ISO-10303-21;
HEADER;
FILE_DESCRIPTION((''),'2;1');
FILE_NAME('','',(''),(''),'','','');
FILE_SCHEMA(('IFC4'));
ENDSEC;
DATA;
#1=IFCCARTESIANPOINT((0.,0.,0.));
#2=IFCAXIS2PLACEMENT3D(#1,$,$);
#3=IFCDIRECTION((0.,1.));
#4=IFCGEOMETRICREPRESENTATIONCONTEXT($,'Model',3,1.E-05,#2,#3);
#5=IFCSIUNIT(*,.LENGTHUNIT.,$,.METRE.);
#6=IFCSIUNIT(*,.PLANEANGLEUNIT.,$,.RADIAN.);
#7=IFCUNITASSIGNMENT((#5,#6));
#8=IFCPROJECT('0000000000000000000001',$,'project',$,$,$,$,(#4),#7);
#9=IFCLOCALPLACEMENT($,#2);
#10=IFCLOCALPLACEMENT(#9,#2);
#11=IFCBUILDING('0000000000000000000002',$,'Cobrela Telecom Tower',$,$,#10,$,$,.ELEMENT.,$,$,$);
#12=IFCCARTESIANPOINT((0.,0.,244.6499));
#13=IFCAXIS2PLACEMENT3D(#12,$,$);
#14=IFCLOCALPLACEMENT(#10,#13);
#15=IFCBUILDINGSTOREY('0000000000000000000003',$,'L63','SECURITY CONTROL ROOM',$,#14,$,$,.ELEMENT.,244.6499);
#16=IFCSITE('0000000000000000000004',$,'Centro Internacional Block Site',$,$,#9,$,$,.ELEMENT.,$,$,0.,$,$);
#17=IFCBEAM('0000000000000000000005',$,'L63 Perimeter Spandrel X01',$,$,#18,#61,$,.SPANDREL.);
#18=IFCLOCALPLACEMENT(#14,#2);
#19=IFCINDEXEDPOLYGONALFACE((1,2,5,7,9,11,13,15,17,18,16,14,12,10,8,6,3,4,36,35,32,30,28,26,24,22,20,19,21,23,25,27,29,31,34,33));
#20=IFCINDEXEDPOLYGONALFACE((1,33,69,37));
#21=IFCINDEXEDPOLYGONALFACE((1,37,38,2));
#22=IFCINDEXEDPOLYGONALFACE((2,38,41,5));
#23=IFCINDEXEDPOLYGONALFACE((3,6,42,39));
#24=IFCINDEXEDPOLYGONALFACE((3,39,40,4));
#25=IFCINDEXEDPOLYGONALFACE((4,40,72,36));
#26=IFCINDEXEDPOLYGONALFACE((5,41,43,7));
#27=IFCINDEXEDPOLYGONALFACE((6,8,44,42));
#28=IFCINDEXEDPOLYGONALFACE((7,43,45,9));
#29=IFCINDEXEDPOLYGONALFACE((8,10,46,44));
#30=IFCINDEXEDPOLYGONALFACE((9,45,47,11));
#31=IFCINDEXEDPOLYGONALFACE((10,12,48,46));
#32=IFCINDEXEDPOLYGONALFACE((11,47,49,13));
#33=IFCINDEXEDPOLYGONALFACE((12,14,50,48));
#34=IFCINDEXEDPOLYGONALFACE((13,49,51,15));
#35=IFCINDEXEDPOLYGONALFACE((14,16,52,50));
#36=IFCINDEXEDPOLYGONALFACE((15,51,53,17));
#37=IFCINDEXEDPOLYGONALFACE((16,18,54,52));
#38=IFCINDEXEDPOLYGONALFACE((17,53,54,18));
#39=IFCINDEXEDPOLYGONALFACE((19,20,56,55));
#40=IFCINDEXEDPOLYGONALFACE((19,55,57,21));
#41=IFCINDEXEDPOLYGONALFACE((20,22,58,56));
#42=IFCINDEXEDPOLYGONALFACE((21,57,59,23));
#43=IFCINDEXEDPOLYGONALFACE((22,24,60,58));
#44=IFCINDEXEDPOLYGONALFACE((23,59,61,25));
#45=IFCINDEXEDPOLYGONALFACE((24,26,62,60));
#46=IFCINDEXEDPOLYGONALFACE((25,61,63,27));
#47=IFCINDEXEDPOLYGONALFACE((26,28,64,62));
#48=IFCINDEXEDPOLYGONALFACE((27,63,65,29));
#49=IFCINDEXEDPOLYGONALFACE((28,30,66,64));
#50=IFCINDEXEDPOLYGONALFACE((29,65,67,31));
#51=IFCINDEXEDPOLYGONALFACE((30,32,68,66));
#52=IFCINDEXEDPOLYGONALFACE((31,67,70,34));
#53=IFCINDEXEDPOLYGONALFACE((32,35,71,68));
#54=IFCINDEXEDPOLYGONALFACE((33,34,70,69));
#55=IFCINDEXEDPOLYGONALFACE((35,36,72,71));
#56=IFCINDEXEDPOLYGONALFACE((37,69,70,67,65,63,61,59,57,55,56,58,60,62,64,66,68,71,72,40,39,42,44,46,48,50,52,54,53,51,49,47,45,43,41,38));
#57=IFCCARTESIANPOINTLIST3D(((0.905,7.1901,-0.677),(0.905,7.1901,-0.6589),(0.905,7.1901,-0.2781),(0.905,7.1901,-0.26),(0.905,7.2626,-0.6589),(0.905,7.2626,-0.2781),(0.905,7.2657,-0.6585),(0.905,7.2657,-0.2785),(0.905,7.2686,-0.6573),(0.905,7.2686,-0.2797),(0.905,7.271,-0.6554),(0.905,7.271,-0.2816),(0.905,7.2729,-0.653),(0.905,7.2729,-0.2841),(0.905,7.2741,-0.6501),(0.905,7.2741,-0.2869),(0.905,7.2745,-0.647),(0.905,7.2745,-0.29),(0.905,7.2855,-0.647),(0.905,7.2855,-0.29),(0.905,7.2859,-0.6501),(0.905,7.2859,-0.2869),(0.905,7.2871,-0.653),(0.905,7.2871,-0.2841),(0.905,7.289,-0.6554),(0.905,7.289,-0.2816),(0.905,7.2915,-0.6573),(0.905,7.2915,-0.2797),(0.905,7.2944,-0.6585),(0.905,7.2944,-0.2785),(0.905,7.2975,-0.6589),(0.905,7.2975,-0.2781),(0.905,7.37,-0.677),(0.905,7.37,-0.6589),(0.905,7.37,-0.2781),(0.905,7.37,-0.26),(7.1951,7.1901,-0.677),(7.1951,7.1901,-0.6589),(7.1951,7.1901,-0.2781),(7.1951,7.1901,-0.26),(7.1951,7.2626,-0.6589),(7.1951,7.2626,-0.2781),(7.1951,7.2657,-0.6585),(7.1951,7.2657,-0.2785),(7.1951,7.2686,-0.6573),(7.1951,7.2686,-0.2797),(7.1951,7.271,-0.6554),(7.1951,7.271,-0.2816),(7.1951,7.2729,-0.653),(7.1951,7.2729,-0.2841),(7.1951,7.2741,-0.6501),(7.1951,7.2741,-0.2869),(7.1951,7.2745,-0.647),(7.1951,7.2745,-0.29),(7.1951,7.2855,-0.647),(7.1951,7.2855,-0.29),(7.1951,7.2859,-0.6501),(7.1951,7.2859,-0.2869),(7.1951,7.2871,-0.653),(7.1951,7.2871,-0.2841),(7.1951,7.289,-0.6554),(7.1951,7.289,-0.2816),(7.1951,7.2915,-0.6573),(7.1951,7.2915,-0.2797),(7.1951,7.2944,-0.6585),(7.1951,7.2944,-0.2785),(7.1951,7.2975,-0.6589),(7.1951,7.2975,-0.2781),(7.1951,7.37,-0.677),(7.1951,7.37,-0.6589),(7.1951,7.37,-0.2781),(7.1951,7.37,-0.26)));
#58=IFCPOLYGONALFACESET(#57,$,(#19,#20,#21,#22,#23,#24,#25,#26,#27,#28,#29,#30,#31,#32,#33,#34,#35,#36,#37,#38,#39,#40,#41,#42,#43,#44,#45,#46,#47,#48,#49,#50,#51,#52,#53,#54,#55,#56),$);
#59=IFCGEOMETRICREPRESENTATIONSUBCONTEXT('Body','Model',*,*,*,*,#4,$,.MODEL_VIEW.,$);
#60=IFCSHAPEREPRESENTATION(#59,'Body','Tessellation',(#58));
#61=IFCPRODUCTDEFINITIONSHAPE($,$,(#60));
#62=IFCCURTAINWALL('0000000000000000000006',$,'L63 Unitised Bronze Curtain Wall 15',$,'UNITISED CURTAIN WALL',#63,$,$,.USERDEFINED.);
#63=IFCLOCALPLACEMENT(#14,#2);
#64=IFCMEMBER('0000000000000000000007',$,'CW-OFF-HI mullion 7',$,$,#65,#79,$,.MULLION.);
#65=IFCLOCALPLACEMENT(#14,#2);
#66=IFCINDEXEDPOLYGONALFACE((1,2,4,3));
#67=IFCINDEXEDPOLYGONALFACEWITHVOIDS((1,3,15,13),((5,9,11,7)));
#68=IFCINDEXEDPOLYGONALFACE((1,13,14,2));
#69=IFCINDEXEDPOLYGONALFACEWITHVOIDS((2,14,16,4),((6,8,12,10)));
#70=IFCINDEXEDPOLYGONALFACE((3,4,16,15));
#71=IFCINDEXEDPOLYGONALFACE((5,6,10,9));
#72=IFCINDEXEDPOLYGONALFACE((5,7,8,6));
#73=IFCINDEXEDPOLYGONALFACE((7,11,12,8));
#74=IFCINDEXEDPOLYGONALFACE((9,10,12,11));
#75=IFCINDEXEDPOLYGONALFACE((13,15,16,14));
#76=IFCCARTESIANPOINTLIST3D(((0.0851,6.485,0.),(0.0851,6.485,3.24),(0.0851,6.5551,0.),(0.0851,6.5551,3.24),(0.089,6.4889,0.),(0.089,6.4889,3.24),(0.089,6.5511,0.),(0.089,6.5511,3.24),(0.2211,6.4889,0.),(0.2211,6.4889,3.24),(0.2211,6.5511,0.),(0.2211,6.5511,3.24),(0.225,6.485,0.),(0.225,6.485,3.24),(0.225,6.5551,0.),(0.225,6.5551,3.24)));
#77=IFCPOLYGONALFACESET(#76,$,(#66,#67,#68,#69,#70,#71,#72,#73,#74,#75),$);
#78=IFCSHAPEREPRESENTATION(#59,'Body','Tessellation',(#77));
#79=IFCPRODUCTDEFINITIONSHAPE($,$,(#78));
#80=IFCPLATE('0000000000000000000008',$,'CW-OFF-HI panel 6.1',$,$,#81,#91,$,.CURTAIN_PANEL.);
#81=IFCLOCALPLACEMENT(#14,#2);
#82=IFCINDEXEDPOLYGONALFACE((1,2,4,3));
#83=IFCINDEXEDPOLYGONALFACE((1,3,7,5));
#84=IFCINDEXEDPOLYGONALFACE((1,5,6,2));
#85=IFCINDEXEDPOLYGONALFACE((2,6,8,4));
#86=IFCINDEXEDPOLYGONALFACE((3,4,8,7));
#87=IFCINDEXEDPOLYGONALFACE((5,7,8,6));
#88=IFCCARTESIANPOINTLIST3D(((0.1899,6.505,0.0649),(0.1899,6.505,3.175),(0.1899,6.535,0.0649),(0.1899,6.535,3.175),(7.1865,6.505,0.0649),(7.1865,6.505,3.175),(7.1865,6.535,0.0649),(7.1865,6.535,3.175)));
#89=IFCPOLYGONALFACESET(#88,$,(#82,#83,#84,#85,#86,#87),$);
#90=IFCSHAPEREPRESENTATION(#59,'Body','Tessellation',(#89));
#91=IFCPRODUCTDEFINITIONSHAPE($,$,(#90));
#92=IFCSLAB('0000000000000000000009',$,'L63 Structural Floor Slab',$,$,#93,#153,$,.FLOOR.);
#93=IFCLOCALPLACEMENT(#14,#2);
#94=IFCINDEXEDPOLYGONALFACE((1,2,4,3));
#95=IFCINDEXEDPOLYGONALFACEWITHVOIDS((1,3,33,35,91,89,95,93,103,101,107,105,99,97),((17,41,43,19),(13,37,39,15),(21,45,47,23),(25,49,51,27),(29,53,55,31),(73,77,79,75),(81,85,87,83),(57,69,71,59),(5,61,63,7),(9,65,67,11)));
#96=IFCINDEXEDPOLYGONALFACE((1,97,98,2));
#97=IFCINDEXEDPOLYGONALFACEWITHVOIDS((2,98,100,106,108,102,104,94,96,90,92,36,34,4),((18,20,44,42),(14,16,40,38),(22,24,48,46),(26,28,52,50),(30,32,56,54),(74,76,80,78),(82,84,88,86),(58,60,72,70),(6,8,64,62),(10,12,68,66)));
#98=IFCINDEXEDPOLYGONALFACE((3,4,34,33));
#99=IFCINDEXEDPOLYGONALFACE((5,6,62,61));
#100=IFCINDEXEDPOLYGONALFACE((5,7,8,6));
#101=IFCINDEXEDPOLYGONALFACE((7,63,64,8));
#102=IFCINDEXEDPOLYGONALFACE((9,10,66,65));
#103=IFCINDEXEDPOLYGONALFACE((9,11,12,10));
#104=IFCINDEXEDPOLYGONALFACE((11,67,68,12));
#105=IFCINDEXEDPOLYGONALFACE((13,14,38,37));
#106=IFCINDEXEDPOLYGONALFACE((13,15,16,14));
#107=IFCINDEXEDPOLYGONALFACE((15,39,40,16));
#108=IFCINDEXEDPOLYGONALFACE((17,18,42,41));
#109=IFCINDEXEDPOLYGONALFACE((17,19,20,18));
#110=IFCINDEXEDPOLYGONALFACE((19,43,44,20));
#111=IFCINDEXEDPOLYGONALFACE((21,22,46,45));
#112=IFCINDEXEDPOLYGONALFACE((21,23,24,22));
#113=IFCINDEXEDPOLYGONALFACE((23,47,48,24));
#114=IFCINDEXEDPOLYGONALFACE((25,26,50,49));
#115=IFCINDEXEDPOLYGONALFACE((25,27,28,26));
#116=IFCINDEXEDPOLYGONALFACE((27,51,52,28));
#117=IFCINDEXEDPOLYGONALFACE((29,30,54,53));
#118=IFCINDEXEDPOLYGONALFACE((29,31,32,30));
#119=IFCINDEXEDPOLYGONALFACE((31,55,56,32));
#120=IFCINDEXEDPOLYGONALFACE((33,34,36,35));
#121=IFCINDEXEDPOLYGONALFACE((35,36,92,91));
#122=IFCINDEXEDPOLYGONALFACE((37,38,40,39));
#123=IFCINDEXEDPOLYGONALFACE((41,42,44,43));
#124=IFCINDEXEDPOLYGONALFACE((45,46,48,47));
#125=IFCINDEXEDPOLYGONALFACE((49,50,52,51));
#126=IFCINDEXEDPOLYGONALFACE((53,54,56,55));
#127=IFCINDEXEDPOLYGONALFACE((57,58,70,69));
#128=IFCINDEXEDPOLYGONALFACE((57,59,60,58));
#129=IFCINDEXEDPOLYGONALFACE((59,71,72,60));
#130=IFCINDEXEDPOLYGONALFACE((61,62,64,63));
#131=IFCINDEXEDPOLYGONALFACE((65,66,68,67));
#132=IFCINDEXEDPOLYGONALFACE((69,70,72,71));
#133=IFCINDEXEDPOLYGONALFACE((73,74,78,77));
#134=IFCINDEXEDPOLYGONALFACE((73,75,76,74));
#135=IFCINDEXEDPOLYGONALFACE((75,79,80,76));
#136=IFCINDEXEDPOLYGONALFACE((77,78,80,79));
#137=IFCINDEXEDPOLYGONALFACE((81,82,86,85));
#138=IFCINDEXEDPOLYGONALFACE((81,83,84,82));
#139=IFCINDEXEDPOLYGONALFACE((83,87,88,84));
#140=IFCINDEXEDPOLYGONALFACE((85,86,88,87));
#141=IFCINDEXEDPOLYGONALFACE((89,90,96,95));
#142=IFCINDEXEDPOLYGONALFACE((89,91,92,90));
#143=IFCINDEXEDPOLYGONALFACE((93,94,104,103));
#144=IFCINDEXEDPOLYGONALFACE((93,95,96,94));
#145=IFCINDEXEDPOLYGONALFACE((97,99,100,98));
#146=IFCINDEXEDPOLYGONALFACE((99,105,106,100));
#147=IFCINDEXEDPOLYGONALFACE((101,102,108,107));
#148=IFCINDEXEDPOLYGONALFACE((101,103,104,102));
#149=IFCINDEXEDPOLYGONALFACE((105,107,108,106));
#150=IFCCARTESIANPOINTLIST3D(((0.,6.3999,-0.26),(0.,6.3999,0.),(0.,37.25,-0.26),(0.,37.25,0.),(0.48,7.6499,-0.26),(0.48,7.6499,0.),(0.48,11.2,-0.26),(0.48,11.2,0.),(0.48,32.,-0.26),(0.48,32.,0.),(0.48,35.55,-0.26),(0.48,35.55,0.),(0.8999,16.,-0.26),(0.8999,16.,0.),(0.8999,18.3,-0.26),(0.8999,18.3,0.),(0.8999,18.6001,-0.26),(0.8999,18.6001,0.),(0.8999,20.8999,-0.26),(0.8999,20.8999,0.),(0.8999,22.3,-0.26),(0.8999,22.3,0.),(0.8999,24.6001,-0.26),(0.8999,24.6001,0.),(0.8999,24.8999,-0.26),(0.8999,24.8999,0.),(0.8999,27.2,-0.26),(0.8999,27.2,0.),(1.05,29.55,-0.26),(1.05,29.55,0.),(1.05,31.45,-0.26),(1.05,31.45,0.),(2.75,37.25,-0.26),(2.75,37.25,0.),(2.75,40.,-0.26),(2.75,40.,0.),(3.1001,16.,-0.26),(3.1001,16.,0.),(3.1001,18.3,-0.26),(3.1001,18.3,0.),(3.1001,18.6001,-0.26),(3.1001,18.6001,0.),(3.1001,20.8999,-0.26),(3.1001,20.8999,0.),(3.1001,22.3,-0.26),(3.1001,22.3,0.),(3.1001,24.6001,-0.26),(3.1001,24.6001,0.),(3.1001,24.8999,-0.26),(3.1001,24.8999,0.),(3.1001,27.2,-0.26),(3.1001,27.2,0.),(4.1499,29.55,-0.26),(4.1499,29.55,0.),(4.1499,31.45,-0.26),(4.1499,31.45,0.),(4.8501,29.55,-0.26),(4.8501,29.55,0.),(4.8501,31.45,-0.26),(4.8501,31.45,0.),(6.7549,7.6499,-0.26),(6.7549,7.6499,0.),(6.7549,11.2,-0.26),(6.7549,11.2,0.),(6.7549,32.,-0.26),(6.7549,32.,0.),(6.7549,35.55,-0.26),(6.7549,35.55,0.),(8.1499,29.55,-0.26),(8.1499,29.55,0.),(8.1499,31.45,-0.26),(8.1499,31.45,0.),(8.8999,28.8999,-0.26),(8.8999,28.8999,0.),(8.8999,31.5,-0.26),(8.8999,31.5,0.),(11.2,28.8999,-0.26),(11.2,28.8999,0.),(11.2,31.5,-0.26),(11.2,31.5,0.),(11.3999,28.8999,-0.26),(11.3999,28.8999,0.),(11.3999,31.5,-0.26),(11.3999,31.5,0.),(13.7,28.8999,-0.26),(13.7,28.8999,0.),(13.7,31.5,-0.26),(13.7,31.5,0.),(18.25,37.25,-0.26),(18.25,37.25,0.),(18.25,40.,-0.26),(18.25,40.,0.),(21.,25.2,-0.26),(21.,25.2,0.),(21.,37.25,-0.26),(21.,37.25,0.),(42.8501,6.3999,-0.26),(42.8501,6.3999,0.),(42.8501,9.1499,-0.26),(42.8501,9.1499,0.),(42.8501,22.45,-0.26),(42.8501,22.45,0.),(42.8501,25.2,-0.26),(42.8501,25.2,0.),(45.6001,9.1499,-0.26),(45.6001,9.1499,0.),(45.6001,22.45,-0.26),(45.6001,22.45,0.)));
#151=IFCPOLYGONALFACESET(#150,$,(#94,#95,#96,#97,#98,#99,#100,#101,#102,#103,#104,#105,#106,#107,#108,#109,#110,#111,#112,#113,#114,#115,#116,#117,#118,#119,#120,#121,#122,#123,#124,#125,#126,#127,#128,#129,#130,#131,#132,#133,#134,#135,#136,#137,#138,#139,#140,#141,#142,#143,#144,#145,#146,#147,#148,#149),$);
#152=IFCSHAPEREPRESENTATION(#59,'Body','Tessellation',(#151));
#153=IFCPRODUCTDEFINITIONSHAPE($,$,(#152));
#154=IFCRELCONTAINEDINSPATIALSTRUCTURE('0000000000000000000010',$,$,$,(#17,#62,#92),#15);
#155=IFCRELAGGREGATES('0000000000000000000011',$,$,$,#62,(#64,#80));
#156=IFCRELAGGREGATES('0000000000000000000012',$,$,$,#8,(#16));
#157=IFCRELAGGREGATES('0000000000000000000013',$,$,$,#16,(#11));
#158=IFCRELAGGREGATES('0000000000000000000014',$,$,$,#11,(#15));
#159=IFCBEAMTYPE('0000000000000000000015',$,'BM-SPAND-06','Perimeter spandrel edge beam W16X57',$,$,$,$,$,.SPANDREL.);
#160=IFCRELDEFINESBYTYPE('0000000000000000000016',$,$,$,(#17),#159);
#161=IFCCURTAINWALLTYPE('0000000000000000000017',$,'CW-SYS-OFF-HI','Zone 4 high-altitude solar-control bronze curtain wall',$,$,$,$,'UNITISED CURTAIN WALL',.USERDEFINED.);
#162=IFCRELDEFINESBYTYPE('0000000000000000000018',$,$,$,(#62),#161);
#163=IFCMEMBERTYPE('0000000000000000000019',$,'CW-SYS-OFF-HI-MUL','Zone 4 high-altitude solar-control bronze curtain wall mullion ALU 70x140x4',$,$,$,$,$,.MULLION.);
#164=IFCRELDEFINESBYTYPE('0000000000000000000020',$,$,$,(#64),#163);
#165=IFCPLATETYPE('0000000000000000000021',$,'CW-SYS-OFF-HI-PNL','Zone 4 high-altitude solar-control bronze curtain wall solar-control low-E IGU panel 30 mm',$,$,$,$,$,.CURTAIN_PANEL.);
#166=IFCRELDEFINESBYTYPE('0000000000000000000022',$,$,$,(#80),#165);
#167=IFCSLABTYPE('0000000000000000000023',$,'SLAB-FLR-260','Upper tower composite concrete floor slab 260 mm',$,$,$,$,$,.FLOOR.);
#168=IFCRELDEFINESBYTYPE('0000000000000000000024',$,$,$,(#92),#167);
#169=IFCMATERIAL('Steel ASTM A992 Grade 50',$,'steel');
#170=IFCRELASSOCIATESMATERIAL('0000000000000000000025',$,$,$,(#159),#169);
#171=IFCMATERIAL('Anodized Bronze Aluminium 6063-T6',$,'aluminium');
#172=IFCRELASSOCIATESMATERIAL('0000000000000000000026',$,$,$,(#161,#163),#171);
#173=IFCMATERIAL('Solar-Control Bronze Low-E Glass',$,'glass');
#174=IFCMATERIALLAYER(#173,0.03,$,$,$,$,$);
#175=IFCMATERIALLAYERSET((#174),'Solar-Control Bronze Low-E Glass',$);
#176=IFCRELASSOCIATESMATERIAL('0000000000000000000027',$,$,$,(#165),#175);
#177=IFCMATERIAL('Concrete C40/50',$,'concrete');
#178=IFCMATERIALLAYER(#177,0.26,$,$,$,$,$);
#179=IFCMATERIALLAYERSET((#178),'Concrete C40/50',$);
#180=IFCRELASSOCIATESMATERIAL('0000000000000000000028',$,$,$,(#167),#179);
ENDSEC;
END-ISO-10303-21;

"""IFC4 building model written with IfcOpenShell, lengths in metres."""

from ifc_helpers import new_model, si_unit, direction, frame, origin, origin_2d, place, context, subcontext, project, spatial, polyline, rectangle, hollow_rectangle, i_section, outline, extrude, material, layer, layer_set, material_profile, profile_set, type_object, element, aggregate, save


model = new_model("IFC4")

# Units and contexts
model_context = context("Model", 3, precision=1e-05, world=origin(), true_north=direction((0.0, 1.0)))
body_context = subcontext(model_context, "Body", "Model", "MODEL_VIEW")
ifc_project = project(units=[si_unit("LENGTHUNIT", "METRE"), si_unit("PLANEANGLEUNIT", "RADIAN")], contexts=[model_context])

# Site, building, storey
site_placement = place(None, origin())
site = spatial("IfcSite", under=ifc_project, at=site_placement, Name="Centro Internacional Block Site", CompositionType="ELEMENT", RefElevation=0.0)
building_placement = place(site_placement, origin())
building = spatial("IfcBuilding", under=site, at=building_placement, Name="Cobrela Telecom Tower", CompositionType="ELEMENT")
storey_placement = place(building_placement, frame((0.0, 0.0, 244.6499)))
storey = spatial("IfcBuildingStorey", under=building, at=storey_placement, Name="L63", Description="SECURITY CONTROL ROOM", CompositionType="ELEMENT", Elevation=244.6499)

# Beam
ifc_material_1 = material(Name="Steel ASTM A992 Grade 50", Category="steel")
ifc_material_profile_1 = material_profile(ifc_material_1, i_section(OverallWidth=0.1799, OverallDepth=0.417, WebThickness=0.011, FlangeThickness=0.0181, FilletRadius=0.012, at=origin_2d()), Name="W16X57")
ifc_profile_set_1 = profile_set([ifc_material_profile_1], Name="Steel ASTM A992 Grade 50")
beam_type = type_object("IfcBeamType", Name="BM-SPAND-06", Description="Perimeter spandrel edge beam W16X57", PredefinedType="SPANDREL", material=ifc_profile_set_1)
beam_placement = place(storey_placement, frame((0.905, 7.28, -0.4685), z_axis=(1.0, 0.0, 0.0), x_axis=(0.0, 1.0, 0.0)))
element("IfcBeam", 1, at=beam_placement, inside=storey, type_object=beam_type, Name="L63 Perimeter Spandrel X01", PredefinedType="SPANDREL", context=body_context, shape_type="SweptSolid", body=[
    extrude(i_section(OverallWidth=0.1799, OverallDepth=0.417, WebThickness=0.011, FlangeThickness=0.0181, FilletRadius=0.012, at=origin_2d()), origin(), (0.0, 0.0, 1.0), 6.29),
])

# Curtain wall, member, plate
ifc_material_2 = material(Name="Anodized Bronze Aluminium 6063-T6", Category="aluminium")
curtain_wall_type = type_object("IfcCurtainWallType", Name="CW-SYS-OFF-HI", Description="Zone 4 high-altitude solar-control bronze curtain wall", ElementType="UNITISED CURTAIN WALL", PredefinedType="USERDEFINED", material=ifc_material_2)
curtain_wall_placement = place(storey_placement, origin())
curtain_wall = element("IfcCurtainWall", 2, at=curtain_wall_placement, inside=storey, type_object=curtain_wall_type, Name="L63 Unitised Bronze Curtain Wall 15", ObjectType="UNITISED CURTAIN WALL", PredefinedType="USERDEFINED")
ifc_material_profile_2 = material_profile(ifc_material_2, hollow_rectangle(XDim=0.0701, YDim=0.1399, WallThickness=0.0039, at=origin_2d()), Name="ALU 70x140x4")
ifc_profile_set_2 = profile_set([ifc_material_profile_2], Name="Anodized Bronze Aluminium 6063-T6")
member_type = type_object("IfcMemberType", Name="CW-SYS-OFF-HI-MUL", Description="Zone 4 high-altitude solar-control bronze curtain wall mullion ALU 70x140x4", PredefinedType="MULLION", material=ifc_profile_set_2)
member_placement = place(storey_placement, frame((0.155, 6.52, 0.0), z_axis=(0.0, 0.0, 1.0), x_axis=(0.0, -1.0, 0.0)))
member = element("IfcMember", 3, at=member_placement, type_object=member_type, Name="CW-OFF-HI mullion 7", PredefinedType="MULLION", context=body_context, shape_type="SweptSolid", body=[
    extrude(hollow_rectangle(XDim=0.0701, YDim=0.1399, WallThickness=0.0039, at=origin_2d()), origin(), (0.0, 0.0, 1.0), 3.24),
])
ifc_material_3 = material(Name="Solar-Control Bronze Low-E Glass", Category="glass")
ifc_layer_1 = layer(ifc_material_3, 0.03)
ifc_layer_set_1 = layer_set([ifc_layer_1], Name="Solar-Control Bronze Low-E Glass")
plate_type = type_object("IfcPlateType", Name="CW-SYS-OFF-HI-PNL", Description="Zone 4 high-altitude solar-control bronze curtain wall solar-control low-E IGU panel 30 mm", PredefinedType="CURTAIN_PANEL", material=ifc_layer_set_1)
plate_placement = place(storey_placement, frame((3.6882, 6.52, 0.0649), z_axis=(0.0, 0.0, 1.0), x_axis=(-1.0, 0.0, 0.0)))
plate = element("IfcPlate", 4, at=plate_placement, type_object=plate_type, Name="CW-OFF-HI panel 6.1", PredefinedType="CURTAIN_PANEL", context=body_context, shape_type="SweptSolid", body=[
    extrude(rectangle(XDim=6.9966, YDim=0.03, at=origin_2d()), origin(), (0.0, 0.0, 1.0), 3.1101),
])
aggregate(curtain_wall, [member, plate])

# Slab, openings
ifc_material_4 = material(Name="Concrete C40/50", Category="concrete")
ifc_layer_2 = layer(ifc_material_4, 0.26)
ifc_layer_set_2 = layer_set([ifc_layer_2], Name="Concrete C40/50")
slab_type_1 = type_object("IfcSlabType", Name="SLAB-FLR-260", Description="Upper tower composite concrete floor slab 260 mm", PredefinedType="FLOOR", material=ifc_layer_set_2)
slab_1_placement = place(storey_placement, frame((0.0, 0.0, -0.26)))
slab_1 = element("IfcSlab", 5, at=slab_1_placement, inside=storey, type_object=slab_type_1, Name="L63 Structural Floor Slab", PredefinedType="FLOOR", context=body_context, shape_type="SweptSolid", body=[
    extrude(outline(polyline([(0.0, 6.3999), (42.8501, 6.3999), (42.8501, 9.1499), (45.6001, 9.1499), (45.6001, 22.45), (42.8501, 22.45), (42.8501, 25.2), (21.0, 25.2), (21.0, 37.25), (18.25, 37.25), (18.25, 40.0), (2.75, 40.0), (2.75, 37.25), (0.0, 37.25), (0.0, 6.3999)])), origin(), (0.0, 0.0, 1.0), 0.26),
])
opening_1_placement = place(slab_1_placement, frame((0.0, 0.0, -0.02)))
element("IfcOpeningElement", 6, at=opening_1_placement, cuts=slab_1, PredefinedType="OPENING", context=body_context, shape_type="SweptSolid", body=[
    extrude(outline(polyline([(8.8999, 28.8999), (11.2, 28.8999), (11.2, 31.5), (8.8999, 31.5), (8.8999, 28.8999)])), origin(), (0.0, 0.0, 1.0), 0.3),
])
opening_2_placement = place(slab_1_placement, frame((0.0, 0.0, -0.02)))
element("IfcOpeningElement", 7, at=opening_2_placement, cuts=slab_1, PredefinedType="OPENING", context=body_context, shape_type="SweptSolid", body=[
    extrude(outline(polyline([(11.3999, 28.8999), (13.7, 28.8999), (13.7, 31.5), (11.3999, 31.5), (11.3999, 28.8999)])), origin(), (0.0, 0.0, 1.0), 0.3),
])
opening_3_placement = place(slab_1_placement, frame((0.0, 0.0, -0.02)))
element("IfcOpeningElement", 8, at=opening_3_placement, cuts=slab_1, PredefinedType="OPENING", context=body_context, shape_type="SweptSolid", body=[
    extrude(outline(polyline([(0.8999, 16.0), (3.1001, 16.0), (3.1001, 18.3), (0.8999, 18.3), (0.8999, 16.0)])), origin(), (0.0, 0.0, 1.0), 0.3),
])
opening_4_placement = place(slab_1_placement, frame((0.0, 0.0, -0.02)))
element("IfcOpeningElement", 9, at=opening_4_placement, cuts=slab_1, PredefinedType="OPENING", context=body_context, shape_type="SweptSolid", body=[
    extrude(outline(polyline([(0.8999, 18.6001), (3.1001, 18.6001), (3.1001, 20.8999), (0.8999, 20.8999), (0.8999, 18.6001)])), origin(), (0.0, 0.0, 1.0), 0.3),
])
opening_5_placement = place(slab_1_placement, frame((0.0, 0.0, -0.02)))
element("IfcOpeningElement", 10, at=opening_5_placement, cuts=slab_1, PredefinedType="OPENING", context=body_context, shape_type="SweptSolid", body=[
    extrude(outline(polyline([(0.8999, 22.3), (3.1001, 22.3), (3.1001, 24.6001), (0.8999, 24.6001), (0.8999, 22.3)])), origin(), (0.0, 0.0, 1.0), 0.3),
])
opening_6_placement = place(slab_1_placement, frame((0.0, 0.0, -0.02)))
element("IfcOpeningElement", 11, at=opening_6_placement, cuts=slab_1, PredefinedType="OPENING", context=body_context, shape_type="SweptSolid", body=[
    extrude(outline(polyline([(0.8999, 24.8999), (3.1001, 24.8999), (3.1001, 27.2), (0.8999, 27.2), (0.8999, 24.8999)])), origin(), (0.0, 0.0, 1.0), 0.3),
])
opening_7_placement = place(slab_1_placement, frame((0.0, 0.0, -0.02)))
element("IfcOpeningElement", 12, at=opening_7_placement, cuts=slab_1, PredefinedType="OPENING", context=body_context, shape_type="SweptSolid", body=[
    extrude(outline(polyline([(1.05, 29.55), (4.1499, 29.55), (4.1499, 31.45), (1.05, 31.45), (1.05, 29.55)])), origin(), (0.0, 0.0, 1.0), 0.3),
])
opening_8_placement = place(slab_1_placement, frame((0.0, 0.0, -0.02)))
element("IfcOpeningElement", 13, at=opening_8_placement, cuts=slab_1, PredefinedType="OPENING", context=body_context, shape_type="SweptSolid", body=[
    extrude(outline(polyline([(4.8501, 29.55), (8.1499, 29.55), (8.1499, 31.45), (4.8501, 31.45), (4.8501, 29.55)])), origin(), (0.0, 0.0, 1.0), 0.3),
])
opening_9_placement = place(slab_1_placement, frame((0.0, 0.0, -0.02)))
element("IfcOpeningElement", 14, at=opening_9_placement, cuts=slab_1, PredefinedType="OPENING", context=body_context, shape_type="SweptSolid", body=[
    extrude(outline(polyline([(6.7549, 35.55), (0.48, 35.55), (0.48, 32.0), (6.7549, 32.0), (6.7549, 35.55)])), origin(), (0.0, 0.0, 1.0), 0.3),
])
opening_10_placement = place(slab_1_placement, frame((0.0, 0.0, -0.02)))
element("IfcOpeningElement", 15, at=opening_10_placement, cuts=slab_1, PredefinedType="OPENING", context=body_context, shape_type="SweptSolid", body=[
    extrude(outline(polyline([(6.7549, 11.2), (0.48, 11.2), (0.48, 7.6499), (6.7549, 7.6499), (6.7549, 11.2)])), origin(), (0.0, 0.0, 1.0), 0.3),
])

save(model, "model.ifc")
